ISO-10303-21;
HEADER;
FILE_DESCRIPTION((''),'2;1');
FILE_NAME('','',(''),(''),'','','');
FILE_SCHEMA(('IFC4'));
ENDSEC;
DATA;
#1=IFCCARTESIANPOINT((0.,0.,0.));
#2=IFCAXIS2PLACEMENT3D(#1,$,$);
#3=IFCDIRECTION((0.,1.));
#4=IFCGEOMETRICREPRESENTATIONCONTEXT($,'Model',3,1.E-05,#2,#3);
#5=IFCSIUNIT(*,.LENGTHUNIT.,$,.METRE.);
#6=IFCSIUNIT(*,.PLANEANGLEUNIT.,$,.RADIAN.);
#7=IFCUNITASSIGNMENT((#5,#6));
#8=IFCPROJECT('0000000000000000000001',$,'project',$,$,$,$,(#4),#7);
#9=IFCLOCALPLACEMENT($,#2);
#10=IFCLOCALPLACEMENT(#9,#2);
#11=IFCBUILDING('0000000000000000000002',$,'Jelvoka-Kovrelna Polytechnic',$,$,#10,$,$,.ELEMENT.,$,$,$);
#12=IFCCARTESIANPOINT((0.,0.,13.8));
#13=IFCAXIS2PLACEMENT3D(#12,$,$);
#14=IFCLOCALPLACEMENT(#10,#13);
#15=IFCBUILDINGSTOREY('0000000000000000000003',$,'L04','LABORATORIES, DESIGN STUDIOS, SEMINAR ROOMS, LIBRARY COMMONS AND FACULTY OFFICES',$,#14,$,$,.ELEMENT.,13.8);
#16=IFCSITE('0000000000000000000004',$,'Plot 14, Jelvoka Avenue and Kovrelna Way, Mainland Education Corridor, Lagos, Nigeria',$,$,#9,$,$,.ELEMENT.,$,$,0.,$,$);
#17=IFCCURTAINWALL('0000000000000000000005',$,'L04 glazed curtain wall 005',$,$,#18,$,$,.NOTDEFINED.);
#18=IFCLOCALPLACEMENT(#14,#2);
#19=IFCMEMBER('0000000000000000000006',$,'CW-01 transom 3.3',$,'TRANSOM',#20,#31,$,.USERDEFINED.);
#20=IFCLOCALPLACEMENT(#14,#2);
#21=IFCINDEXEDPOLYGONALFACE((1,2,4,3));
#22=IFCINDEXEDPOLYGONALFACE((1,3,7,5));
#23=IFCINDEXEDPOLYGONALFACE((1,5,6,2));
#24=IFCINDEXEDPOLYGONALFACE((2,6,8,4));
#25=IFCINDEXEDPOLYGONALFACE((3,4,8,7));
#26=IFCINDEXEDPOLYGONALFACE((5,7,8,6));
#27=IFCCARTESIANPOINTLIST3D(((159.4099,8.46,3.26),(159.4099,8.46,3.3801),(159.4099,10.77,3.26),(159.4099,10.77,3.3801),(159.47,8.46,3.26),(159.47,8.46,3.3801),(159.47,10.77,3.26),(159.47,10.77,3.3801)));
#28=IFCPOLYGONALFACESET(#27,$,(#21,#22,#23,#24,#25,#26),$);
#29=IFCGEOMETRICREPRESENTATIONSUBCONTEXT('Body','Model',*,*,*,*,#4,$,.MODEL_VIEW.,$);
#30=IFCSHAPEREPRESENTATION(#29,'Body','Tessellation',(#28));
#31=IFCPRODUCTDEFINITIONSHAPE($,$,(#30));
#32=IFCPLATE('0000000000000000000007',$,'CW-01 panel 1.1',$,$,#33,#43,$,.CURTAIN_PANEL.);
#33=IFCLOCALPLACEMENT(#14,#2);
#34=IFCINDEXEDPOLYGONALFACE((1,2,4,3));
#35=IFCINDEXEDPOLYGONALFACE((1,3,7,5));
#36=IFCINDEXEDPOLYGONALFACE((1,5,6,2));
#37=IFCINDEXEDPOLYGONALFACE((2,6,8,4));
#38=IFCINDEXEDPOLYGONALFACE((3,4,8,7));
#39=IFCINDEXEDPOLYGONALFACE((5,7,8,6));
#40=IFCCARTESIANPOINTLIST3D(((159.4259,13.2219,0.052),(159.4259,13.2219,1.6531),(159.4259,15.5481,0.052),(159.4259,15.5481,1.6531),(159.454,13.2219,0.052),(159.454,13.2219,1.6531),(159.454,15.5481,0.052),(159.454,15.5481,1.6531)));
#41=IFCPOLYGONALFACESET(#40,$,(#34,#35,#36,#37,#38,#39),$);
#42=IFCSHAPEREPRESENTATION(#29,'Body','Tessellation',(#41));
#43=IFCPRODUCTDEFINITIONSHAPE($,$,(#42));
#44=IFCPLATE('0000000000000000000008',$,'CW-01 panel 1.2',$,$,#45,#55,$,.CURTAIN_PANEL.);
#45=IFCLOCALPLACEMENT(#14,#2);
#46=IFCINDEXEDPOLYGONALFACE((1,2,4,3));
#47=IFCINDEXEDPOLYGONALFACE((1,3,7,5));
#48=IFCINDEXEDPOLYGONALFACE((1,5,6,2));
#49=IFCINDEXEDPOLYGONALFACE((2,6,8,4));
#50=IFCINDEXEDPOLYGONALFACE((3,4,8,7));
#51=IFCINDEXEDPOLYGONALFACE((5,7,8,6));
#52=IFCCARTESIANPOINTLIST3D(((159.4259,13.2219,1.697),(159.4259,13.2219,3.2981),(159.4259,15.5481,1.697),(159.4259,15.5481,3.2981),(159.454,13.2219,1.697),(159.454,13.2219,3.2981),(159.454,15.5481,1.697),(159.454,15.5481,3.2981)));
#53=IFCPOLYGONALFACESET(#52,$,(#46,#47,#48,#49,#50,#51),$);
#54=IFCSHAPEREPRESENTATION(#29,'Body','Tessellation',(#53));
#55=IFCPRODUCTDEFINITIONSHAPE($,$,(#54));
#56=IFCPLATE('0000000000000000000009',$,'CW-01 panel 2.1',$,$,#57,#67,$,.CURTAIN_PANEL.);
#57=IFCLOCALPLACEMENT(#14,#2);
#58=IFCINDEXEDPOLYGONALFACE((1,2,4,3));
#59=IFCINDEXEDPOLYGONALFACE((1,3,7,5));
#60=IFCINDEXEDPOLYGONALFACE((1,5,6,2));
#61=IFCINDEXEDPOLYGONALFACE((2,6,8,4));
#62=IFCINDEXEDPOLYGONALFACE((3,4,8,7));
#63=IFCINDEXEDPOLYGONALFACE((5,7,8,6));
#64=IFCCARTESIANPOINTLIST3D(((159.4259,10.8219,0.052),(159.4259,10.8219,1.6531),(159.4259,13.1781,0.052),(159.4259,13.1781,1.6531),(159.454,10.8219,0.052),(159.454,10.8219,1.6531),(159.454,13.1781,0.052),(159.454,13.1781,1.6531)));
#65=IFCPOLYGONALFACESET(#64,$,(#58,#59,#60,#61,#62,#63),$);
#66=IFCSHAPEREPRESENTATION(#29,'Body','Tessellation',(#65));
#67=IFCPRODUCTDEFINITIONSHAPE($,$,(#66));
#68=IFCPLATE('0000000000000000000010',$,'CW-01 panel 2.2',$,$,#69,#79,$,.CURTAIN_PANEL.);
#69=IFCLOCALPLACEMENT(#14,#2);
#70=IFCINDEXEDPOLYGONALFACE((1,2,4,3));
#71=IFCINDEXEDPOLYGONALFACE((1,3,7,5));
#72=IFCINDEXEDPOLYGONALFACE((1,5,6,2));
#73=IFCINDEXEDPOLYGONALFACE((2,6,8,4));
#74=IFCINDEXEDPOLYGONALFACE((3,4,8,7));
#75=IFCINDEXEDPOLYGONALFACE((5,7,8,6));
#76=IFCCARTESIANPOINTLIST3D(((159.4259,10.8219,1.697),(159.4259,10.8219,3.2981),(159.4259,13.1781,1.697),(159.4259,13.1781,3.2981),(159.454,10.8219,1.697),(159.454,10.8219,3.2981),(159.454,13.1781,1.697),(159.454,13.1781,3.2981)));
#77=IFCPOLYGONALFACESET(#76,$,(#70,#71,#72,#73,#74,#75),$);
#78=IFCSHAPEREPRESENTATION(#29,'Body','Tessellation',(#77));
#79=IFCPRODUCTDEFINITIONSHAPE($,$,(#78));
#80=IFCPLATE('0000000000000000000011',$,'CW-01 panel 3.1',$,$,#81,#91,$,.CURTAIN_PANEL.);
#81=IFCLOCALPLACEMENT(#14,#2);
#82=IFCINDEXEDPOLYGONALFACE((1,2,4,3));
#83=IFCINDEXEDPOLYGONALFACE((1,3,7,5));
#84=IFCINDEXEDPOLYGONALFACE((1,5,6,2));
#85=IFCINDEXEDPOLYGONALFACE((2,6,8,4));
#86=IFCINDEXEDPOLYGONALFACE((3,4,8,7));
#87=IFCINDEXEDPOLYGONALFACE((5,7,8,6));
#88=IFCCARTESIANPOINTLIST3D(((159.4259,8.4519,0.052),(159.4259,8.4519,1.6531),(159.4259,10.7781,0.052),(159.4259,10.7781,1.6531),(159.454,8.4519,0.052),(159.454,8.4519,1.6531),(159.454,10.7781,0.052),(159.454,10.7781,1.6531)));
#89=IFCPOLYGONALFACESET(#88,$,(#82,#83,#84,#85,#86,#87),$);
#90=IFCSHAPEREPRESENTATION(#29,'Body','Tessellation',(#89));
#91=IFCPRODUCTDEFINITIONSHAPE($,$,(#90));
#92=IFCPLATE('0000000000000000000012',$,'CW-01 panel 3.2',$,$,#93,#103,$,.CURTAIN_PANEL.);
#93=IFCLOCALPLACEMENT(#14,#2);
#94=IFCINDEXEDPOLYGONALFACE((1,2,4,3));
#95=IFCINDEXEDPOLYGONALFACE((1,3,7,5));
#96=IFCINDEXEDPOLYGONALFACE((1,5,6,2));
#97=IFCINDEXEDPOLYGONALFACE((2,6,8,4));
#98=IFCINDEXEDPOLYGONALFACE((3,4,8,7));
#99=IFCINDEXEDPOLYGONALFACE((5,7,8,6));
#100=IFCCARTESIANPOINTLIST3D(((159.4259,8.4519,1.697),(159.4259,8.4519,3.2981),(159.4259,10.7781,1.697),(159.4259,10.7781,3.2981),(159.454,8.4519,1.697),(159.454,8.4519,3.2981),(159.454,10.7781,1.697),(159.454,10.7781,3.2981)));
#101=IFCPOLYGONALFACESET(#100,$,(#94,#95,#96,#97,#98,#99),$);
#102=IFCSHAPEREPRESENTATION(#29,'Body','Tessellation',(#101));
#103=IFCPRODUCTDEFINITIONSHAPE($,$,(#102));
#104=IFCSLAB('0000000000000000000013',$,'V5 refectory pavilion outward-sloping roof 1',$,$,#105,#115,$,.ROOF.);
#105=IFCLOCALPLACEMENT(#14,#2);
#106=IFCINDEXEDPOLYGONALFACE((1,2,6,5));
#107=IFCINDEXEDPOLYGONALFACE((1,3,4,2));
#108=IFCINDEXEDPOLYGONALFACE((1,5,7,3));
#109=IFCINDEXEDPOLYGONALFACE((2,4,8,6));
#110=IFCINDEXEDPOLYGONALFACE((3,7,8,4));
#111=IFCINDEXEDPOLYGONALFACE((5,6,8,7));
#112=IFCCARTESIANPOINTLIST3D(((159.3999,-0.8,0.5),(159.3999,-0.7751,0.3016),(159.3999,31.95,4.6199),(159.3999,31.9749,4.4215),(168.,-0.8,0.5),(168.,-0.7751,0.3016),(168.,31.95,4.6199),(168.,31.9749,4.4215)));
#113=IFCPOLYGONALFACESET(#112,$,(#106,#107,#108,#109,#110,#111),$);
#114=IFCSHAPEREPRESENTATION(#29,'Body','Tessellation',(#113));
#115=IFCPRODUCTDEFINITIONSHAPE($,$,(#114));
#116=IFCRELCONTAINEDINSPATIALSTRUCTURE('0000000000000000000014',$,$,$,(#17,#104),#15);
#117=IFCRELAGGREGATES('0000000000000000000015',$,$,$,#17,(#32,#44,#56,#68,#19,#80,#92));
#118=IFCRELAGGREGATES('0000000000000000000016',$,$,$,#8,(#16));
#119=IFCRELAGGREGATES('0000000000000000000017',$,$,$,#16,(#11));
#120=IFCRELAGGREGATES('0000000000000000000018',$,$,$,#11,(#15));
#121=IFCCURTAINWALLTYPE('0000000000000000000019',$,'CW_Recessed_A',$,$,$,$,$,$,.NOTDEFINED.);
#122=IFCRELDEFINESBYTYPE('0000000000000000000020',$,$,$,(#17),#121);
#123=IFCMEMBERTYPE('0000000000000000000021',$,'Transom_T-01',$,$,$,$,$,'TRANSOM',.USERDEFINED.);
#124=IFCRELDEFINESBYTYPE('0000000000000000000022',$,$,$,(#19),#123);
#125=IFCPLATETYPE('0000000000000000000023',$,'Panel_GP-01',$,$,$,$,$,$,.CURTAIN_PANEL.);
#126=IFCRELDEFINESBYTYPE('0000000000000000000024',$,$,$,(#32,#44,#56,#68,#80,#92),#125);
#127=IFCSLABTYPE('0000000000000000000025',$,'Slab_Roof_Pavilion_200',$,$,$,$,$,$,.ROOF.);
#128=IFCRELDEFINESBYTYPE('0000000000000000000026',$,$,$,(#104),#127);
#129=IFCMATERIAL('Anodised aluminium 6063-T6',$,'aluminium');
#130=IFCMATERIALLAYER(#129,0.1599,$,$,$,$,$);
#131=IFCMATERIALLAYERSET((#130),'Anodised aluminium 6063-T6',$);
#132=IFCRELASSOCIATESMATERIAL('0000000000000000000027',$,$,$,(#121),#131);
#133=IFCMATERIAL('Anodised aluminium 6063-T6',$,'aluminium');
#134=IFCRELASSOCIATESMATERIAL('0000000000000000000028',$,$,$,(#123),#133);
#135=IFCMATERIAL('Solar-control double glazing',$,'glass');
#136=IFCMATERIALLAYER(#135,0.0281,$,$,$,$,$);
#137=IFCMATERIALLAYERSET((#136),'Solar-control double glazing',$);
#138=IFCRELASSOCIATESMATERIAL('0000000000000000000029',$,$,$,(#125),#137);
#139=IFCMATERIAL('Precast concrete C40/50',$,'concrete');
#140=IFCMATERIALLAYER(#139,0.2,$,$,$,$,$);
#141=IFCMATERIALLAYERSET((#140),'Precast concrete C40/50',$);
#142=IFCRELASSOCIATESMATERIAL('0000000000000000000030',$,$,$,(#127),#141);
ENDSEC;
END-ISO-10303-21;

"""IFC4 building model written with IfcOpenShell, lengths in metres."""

from ifc_helpers import new_model, si_unit, direction, frame, origin, origin_2d, place, context, subcontext, project, spatial, polyline, rectangle, outline, extrude, material, layer, layer_set, material_profile, profile_set, type_object, element, aggregate, save


model = new_model("IFC4")

# Units and contexts
model_context = context("Model", 3, precision=1e-05, world=origin(), true_north=direction((0.0, 1.0)))
body_context = subcontext(model_context, "Body", "Model", "MODEL_VIEW")
ifc_project = project(units=[si_unit("LENGTHUNIT", "METRE"), si_unit("PLANEANGLEUNIT", "RADIAN")], contexts=[model_context])

# Site, building, storey
site_placement = place(None, origin())
site = spatial("IfcSite", under=ifc_project, at=site_placement, Name="Plot 14, Jelvoka Avenue and Kovrelna Way, Mainland Education Corridor, Lagos, Nigeria", CompositionType="ELEMENT", RefElevation=0.0)
building_placement = place(site_placement, origin())
building = spatial("IfcBuilding", under=site, at=building_placement, Name="Jelvoka-Kovrelna Polytechnic", CompositionType="ELEMENT")
storey_placement = place(building_placement, frame((0.0, 0.0, 13.8)))
storey = spatial("IfcBuildingStorey", under=building, at=storey_placement, Name="L04", Description="LABORATORIES, DESIGN STUDIOS, SEMINAR ROOMS, LIBRARY COMMONS AND FACULTY OFFICES", CompositionType="ELEMENT", Elevation=13.8)

# Curtain wall, member, plates
ifc_material_1 = material(Name="Anodised aluminium 6063-T6", Category="aluminium")
ifc_layer_1 = layer(ifc_material_1, 0.1599)
ifc_layer_set_1 = layer_set([ifc_layer_1], Name="Anodised aluminium 6063-T6")
curtain_wall_type = type_object("IfcCurtainWallType", Name="CW_Recessed_A", PredefinedType="NOTDEFINED", material=ifc_layer_set_1)
curtain_wall_placement = place(storey_placement, origin())
curtain_wall = element("IfcCurtainWall", 1, at=curtain_wall_placement, inside=storey, type_object=curtain_wall_type, Name="L04 glazed curtain wall 005", PredefinedType="NOTDEFINED")
ifc_material_2 = material(Name="Anodised aluminium 6063-T6", Category="aluminium")
ifc_material_profile_1 = material_profile(ifc_material_2, rectangle(XDim=0.0601, YDim=0.1201, at=origin_2d()), Name="ALU 60x120")
ifc_profile_set_1 = profile_set([ifc_material_profile_1], Name="Anodised aluminium 6063-T6")
member_type_1 = type_object("IfcMemberType", Name="Transom_T-01", ElementType="TRANSOM", PredefinedType="USERDEFINED", material=ifc_profile_set_1)
member_1_placement = place(storey_placement, frame((159.4399, 10.77, 3.3201), z_axis=(0.0, -1.0, 0.0), x_axis=(1.0, 0.0, 0.0)))
member_1 = element("IfcMember", 2, at=member_1_placement, type_object=member_type_1, Name="CW-01 transom 3.3", ObjectType="TRANSOM", PredefinedType="USERDEFINED", context=body_context, shape_type="SweptSolid", body=[
    extrude(rectangle(XDim=0.0601, YDim=0.1201, at=origin_2d()), origin(), (0.0, 0.0, 1.0), 2.3101),
])
ifc_material_3 = material(Name="Solar-control double glazing", Category="glass")
ifc_layer_2 = layer(ifc_material_3, 0.0281)
ifc_layer_set_2 = layer_set([ifc_layer_2], Name="Solar-control double glazing")
plate_type = type_object("IfcPlateType", Name="Panel_GP-01", PredefinedType="CURTAIN_PANEL", material=ifc_layer_set_2)
plate_1_placement = place(storey_placement, frame((159.4399, 14.385, 0.052), z_axis=(0.0, 0.0, 1.0), x_axis=(0.0, -1.0, 0.0)))
plate_1 = element("IfcPlate", 3, at=plate_1_placement, type_object=plate_type, Name="CW-01 panel 1.1", PredefinedType="CURTAIN_PANEL", context=body_context, shape_type="SweptSolid", body=[
    extrude(rectangle(XDim=2.3262, YDim=0.0281, at=origin_2d()), origin(), (0.0, 0.0, 1.0), 1.6011),
])
plate_2_placement = place(storey_placement, frame((159.4399, 14.385, 1.697), z_axis=(0.0, 0.0, 1.0), x_axis=(0.0, -1.0, 0.0)))
plate_2 = element("IfcPlate", 4, at=plate_2_placement, type_object=plate_type, Name="CW-01 panel 1.2", PredefinedType="CURTAIN_PANEL", context=body_context, shape_type="SweptSolid", body=[
    extrude(rectangle(XDim=2.3262, YDim=0.0281, at=origin_2d()), origin(), (0.0, 0.0, 1.0), 1.6011),
])
plate_3_placement = place(storey_placement, frame((159.4399, 12.0, 0.052), z_axis=(0.0, 0.0, 1.0), x_axis=(0.0, -1.0, 0.0)))
plate_3 = element("IfcPlate", 5, at=plate_3_placement, type_object=plate_type, Name="CW-01 panel 2.1", PredefinedType="CURTAIN_PANEL", context=body_context, shape_type="SweptSolid", body=[
    extrude(rectangle(XDim=2.3562, YDim=0.0281, at=origin_2d()), origin(), (0.0, 0.0, 1.0), 1.6011),
])
plate_4_placement = place(storey_placement, frame((159.4399, 12.0, 1.697), z_axis=(0.0, 0.0, 1.0), x_axis=(0.0, -1.0, 0.0)))
plate_4 = element("IfcPlate", 6, at=plate_4_placement, type_object=plate_type, Name="CW-01 panel 2.2", PredefinedType="CURTAIN_PANEL", context=body_context, shape_type="SweptSolid", body=[
    extrude(rectangle(XDim=2.3562, YDim=0.0281, at=origin_2d()), origin(), (0.0, 0.0, 1.0), 1.6011),
])
plate_5_placement = place(storey_placement, frame((159.4399, 9.615, 0.052), z_axis=(0.0, 0.0, 1.0), x_axis=(0.0, -1.0, 0.0)))
plate_5 = element("IfcPlate", 7, at=plate_5_placement, type_object=plate_type, Name="CW-01 panel 3.1", PredefinedType="CURTAIN_PANEL", context=body_context, shape_type="SweptSolid", body=[
    extrude(rectangle(XDim=2.3262, YDim=0.0281, at=origin_2d()), origin(), (0.0, 0.0, 1.0), 1.6011),
])
plate_6_placement = place(storey_placement, frame((159.4399, 9.615, 1.697), z_axis=(0.0, 0.0, 1.0), x_axis=(0.0, -1.0, 0.0)))
plate_6 = element("IfcPlate", 8, at=plate_6_placement, type_object=plate_type, Name="CW-01 panel 3.2", PredefinedType="CURTAIN_PANEL", context=body_context, shape_type="SweptSolid", body=[
    extrude(rectangle(XDim=2.3262, YDim=0.0281, at=origin_2d()), origin(), (0.0, 0.0, 1.0), 1.6011),
])
aggregate(curtain_wall, [plate_1, plate_2, plate_3, plate_4, member_1, plate_5, plate_6])

# Slab
ifc_material_4 = material(Name="Precast concrete C40/50", Category="concrete")
ifc_layer_3 = layer(ifc_material_4, 0.2)
ifc_layer_set_3 = layer_set([ifc_layer_3], Name="Precast concrete C40/50")
slab_type = type_object("IfcSlabType", Name="Slab_Roof_Pavilion_200", PredefinedType="ROOF", material=ifc_layer_set_3)
slab_placement = place(storey_placement, frame((159.3999, -0.8, 0.5), z_axis=(0.0, -0.124814, 0.99218), x_axis=(1.0, 0.0, 0.0)))
element("IfcSlab", 9, at=slab_placement, inside=storey, type_object=slab_type, Name="V5 refectory pavilion outward-sloping roof 1", PredefinedType="ROOF", context=body_context, shape_type="SweptSolid", body=[
    extrude(outline(polyline([(0.0, 0.0), (8.6001, 0.0), (8.6001, 33.0081), (0.0, 33.0081), (0.0, 0.0)])), origin(), (0.0, 0.0, -1.0), 0.2),
])

save(model, "model.ifc")
